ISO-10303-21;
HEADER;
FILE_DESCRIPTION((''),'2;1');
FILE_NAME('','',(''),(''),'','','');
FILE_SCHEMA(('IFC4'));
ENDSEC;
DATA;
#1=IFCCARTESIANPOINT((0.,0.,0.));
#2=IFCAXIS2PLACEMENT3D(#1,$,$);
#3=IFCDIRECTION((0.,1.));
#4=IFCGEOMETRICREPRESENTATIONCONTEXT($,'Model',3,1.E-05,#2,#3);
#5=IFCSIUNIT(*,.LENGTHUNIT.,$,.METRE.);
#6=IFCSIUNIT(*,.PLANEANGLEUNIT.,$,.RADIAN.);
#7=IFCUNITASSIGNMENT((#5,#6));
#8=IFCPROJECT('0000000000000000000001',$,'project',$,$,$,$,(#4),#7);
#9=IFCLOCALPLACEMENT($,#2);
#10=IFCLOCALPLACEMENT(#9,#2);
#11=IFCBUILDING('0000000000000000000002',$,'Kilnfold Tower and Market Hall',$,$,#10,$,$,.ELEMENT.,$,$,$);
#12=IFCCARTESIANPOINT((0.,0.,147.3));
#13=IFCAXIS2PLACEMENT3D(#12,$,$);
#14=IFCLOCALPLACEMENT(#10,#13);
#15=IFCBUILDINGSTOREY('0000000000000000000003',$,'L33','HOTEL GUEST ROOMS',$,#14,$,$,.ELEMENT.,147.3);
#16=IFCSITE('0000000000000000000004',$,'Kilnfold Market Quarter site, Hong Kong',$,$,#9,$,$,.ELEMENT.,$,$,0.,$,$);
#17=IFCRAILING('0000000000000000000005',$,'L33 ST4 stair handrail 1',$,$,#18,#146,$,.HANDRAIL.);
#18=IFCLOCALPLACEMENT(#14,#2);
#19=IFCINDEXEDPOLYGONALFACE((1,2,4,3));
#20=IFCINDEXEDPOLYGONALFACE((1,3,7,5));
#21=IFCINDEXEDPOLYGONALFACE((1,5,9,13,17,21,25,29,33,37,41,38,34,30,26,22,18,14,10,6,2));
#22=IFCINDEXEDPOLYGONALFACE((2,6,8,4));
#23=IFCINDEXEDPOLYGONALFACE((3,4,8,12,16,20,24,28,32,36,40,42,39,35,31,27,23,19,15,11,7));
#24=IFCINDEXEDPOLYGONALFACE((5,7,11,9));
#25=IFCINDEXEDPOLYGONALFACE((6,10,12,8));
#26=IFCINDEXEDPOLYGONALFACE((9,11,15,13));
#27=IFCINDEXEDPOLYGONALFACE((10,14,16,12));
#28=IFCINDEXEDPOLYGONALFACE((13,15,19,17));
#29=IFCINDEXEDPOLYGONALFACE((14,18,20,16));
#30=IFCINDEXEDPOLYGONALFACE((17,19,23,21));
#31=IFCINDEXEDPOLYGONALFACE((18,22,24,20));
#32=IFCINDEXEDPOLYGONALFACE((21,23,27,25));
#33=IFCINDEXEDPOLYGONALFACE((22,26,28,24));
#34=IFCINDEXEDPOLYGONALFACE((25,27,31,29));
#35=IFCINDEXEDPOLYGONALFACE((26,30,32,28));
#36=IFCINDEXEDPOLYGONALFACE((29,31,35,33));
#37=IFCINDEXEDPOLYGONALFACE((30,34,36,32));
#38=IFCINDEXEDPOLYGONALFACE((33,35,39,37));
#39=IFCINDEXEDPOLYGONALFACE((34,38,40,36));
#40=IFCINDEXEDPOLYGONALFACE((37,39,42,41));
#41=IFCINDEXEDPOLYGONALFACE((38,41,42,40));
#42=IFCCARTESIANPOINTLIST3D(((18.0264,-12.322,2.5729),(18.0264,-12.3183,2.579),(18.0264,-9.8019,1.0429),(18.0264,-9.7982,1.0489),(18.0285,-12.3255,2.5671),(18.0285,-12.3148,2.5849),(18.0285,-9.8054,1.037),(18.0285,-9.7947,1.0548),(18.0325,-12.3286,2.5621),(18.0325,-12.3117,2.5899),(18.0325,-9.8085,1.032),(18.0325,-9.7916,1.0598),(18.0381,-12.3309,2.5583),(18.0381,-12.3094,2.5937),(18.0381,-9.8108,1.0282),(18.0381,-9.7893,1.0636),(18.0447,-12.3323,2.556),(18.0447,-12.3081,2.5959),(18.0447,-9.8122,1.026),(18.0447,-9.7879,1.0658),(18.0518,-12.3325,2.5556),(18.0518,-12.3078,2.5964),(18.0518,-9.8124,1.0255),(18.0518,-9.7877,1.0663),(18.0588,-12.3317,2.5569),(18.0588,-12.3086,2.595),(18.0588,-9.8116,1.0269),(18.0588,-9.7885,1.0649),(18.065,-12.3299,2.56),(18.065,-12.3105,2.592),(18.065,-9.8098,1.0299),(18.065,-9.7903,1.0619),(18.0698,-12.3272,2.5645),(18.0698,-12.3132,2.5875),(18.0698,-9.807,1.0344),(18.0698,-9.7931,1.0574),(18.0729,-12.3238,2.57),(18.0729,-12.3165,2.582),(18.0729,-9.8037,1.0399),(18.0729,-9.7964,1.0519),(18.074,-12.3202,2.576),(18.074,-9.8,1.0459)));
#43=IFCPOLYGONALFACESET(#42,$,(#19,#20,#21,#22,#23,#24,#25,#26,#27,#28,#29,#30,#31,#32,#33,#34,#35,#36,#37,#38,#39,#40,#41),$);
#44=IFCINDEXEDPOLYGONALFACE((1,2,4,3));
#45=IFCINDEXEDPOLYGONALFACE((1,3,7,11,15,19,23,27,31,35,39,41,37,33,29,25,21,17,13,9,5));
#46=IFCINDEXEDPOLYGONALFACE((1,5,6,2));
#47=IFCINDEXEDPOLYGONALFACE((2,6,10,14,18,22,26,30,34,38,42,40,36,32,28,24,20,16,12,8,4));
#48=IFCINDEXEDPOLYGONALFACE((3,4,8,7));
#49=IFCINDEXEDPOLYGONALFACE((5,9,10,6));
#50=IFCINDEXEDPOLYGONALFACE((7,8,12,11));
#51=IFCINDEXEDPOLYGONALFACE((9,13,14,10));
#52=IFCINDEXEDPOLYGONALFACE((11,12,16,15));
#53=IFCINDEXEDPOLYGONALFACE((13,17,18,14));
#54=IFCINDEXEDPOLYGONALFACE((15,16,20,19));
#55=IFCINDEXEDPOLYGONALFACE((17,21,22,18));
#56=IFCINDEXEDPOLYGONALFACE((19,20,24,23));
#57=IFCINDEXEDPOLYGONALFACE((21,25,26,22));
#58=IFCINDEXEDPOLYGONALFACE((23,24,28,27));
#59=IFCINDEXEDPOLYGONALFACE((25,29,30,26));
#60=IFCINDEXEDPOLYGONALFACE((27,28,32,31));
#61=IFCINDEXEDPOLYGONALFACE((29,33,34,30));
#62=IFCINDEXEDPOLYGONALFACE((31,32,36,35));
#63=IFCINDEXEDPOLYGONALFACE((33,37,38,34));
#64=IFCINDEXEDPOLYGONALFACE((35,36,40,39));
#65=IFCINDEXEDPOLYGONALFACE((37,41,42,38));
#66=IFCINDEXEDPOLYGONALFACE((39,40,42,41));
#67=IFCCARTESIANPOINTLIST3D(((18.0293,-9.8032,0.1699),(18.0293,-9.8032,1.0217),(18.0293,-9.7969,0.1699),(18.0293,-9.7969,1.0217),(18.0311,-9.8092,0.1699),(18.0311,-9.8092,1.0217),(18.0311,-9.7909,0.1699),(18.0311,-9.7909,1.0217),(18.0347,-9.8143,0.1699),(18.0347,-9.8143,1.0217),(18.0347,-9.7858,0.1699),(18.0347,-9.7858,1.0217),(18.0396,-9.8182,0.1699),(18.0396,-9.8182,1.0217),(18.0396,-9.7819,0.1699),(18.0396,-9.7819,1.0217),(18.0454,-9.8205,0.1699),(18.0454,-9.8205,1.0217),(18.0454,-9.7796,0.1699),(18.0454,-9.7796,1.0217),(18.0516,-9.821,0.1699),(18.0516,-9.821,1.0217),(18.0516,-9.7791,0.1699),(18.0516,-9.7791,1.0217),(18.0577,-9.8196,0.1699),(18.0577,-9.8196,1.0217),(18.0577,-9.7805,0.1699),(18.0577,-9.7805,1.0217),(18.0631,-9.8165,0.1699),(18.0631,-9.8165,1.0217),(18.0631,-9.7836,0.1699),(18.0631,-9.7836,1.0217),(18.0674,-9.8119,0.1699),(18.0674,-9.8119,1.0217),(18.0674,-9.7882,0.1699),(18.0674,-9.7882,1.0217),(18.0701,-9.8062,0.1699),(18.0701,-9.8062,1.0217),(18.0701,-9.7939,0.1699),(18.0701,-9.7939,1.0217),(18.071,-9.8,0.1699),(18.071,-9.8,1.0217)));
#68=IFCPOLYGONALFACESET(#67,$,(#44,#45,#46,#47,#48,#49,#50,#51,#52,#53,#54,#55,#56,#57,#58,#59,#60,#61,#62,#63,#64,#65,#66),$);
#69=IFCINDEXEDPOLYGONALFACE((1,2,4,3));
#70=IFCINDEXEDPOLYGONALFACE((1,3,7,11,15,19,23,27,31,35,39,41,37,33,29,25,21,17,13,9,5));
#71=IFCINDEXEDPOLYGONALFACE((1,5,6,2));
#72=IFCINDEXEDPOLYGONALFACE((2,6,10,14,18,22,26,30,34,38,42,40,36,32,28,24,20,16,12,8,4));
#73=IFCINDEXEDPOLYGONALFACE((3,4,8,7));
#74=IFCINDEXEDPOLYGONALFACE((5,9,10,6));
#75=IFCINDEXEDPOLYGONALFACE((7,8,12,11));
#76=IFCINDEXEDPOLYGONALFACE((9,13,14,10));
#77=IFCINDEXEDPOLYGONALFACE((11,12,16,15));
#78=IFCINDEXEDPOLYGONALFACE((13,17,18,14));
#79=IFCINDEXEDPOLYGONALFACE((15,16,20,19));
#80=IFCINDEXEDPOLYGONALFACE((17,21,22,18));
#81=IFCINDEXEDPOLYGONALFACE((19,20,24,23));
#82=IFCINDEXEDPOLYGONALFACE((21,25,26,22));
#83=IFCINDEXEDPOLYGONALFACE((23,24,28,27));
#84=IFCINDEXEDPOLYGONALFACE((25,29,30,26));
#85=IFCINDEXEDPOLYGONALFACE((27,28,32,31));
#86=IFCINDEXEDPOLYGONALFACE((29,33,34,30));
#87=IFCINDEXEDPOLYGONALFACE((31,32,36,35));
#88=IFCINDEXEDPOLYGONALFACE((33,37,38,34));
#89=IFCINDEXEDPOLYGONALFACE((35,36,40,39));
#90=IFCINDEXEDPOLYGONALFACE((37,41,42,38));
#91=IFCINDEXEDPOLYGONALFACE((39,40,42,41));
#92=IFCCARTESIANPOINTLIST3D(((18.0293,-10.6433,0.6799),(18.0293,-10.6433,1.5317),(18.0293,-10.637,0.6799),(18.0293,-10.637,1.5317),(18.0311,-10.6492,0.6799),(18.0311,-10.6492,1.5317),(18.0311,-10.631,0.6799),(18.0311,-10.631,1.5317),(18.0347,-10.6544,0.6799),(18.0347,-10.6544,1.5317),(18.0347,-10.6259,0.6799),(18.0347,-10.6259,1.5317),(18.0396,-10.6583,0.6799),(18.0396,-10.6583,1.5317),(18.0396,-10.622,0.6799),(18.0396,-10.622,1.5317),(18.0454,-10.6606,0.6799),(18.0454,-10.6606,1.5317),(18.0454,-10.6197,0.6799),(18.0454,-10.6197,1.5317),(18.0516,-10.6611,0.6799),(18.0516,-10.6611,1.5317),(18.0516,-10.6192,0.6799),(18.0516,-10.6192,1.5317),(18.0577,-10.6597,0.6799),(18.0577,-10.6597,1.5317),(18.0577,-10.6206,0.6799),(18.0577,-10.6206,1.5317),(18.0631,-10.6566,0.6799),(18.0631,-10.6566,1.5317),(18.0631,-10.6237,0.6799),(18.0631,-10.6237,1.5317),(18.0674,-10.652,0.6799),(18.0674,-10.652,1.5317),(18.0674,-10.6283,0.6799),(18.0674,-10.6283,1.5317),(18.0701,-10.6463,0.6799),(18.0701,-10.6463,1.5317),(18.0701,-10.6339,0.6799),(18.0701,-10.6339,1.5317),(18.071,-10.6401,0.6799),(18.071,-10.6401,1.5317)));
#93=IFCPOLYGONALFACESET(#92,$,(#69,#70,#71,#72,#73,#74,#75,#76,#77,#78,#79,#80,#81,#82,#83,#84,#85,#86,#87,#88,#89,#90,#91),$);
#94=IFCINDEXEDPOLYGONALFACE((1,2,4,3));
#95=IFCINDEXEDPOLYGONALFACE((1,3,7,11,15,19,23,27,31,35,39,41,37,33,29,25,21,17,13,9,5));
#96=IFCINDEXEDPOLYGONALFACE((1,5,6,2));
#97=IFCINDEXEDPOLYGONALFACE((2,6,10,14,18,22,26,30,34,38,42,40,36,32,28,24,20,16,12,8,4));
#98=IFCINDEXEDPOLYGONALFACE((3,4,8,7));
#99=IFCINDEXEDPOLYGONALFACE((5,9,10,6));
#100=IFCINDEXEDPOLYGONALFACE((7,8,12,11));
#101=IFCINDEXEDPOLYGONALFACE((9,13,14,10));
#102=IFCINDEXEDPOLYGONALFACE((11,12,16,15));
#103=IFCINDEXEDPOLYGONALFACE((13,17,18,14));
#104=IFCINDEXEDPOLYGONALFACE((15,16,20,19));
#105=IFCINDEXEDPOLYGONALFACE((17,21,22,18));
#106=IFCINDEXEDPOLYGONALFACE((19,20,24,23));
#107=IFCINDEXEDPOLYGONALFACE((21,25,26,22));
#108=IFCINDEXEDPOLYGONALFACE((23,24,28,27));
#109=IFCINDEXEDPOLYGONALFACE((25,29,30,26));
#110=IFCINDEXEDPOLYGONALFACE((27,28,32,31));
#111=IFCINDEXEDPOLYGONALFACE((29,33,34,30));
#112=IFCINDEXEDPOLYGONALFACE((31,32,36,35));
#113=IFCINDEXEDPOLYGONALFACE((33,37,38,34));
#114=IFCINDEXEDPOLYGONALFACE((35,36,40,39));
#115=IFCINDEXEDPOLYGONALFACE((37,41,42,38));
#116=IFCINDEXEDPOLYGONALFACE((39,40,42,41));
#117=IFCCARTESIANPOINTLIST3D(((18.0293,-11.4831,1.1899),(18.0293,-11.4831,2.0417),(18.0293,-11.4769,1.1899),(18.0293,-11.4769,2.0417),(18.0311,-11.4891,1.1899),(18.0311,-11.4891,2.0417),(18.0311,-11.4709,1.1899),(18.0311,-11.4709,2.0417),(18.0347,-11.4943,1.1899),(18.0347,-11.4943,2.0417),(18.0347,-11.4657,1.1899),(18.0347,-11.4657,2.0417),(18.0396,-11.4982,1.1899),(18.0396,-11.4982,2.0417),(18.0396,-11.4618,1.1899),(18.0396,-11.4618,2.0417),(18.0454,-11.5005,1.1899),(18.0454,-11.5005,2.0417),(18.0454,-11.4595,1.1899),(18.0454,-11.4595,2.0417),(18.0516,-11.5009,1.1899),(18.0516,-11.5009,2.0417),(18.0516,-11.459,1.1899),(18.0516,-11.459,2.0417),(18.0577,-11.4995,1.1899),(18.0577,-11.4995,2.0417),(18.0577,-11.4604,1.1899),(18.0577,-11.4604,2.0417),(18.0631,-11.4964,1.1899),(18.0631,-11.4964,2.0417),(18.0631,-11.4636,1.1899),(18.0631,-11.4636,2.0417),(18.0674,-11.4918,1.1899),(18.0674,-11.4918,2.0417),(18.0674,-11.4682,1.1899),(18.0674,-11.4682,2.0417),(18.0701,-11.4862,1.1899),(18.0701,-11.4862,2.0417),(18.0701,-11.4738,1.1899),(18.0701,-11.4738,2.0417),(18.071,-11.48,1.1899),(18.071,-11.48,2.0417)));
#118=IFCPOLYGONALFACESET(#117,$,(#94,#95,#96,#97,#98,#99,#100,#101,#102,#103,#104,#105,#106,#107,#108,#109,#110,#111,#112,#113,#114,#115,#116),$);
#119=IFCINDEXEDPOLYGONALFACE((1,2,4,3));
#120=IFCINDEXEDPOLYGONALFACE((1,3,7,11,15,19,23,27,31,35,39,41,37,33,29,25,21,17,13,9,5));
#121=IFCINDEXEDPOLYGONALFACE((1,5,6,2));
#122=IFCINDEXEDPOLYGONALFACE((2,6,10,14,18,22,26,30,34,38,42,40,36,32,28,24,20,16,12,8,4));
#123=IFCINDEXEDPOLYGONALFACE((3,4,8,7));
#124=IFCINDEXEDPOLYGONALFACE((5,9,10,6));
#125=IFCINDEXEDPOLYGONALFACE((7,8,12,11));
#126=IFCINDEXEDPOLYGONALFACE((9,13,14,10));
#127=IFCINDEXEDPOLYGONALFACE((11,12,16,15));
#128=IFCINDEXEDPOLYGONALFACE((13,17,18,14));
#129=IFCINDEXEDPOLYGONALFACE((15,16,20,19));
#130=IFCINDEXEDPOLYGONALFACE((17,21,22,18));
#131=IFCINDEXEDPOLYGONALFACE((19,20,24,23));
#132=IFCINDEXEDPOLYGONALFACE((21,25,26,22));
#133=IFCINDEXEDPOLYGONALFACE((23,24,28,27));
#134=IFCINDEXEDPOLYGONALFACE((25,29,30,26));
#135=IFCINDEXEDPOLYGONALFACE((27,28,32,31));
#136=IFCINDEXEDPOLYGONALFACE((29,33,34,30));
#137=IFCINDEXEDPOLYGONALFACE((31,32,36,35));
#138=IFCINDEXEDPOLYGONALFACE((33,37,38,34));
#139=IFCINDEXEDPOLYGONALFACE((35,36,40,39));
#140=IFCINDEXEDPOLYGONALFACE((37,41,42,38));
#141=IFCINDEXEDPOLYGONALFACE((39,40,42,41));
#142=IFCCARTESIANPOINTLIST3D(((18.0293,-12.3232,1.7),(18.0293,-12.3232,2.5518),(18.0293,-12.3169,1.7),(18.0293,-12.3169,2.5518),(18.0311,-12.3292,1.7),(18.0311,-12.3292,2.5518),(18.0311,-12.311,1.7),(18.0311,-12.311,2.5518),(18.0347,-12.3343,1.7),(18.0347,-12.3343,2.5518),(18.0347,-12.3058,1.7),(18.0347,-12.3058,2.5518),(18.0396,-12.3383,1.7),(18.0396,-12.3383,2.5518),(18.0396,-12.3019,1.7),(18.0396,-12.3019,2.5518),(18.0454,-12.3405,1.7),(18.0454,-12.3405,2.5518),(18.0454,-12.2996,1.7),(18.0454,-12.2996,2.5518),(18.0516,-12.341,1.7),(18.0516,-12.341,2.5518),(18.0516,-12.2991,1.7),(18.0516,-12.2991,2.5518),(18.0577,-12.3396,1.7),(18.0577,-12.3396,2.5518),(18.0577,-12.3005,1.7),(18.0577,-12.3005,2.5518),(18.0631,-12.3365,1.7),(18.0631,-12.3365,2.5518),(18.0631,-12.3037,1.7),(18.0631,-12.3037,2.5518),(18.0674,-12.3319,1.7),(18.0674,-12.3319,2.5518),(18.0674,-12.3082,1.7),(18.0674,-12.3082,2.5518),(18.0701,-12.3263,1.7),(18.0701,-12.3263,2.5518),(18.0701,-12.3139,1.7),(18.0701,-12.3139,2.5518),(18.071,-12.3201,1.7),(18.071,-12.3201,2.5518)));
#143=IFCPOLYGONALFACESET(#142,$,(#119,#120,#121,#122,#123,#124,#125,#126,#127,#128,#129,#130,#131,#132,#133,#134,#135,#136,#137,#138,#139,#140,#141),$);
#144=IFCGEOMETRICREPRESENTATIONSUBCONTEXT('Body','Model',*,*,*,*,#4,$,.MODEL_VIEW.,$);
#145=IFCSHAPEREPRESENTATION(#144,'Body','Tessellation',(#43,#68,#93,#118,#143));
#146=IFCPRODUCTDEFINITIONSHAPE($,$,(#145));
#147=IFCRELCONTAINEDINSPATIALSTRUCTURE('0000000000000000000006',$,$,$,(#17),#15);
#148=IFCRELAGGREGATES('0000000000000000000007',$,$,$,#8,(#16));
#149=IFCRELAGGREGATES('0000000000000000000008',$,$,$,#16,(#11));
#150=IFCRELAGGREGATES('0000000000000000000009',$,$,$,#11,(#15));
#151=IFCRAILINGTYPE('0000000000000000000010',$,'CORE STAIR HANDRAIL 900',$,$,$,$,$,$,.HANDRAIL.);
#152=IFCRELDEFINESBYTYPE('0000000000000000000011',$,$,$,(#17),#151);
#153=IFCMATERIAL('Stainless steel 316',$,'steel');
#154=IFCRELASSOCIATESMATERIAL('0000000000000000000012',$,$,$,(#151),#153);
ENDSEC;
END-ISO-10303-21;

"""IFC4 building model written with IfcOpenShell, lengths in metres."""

from ifc_helpers import new_model, si_unit, direction, frame, origin, origin_2d, place, context, subcontext, project, spatial, circle, extrude, material, type_object, element, save


model = new_model("IFC4")

# Units and contexts
model_context = context("Model", 3, precision=1e-05, world=origin(), true_north=direction((0.0, 1.0)))
body_context = subcontext(model_context, "Body", "Model", "MODEL_VIEW")
ifc_project = project(units=[si_unit("LENGTHUNIT", "METRE"), si_unit("PLANEANGLEUNIT", "RADIAN")], contexts=[model_context])

# Site, building, storey
site_placement = place(None, origin())
site = spatial("IfcSite", under=ifc_project, at=site_placement, Name="Kilnfold Market Quarter site, Hong Kong", CompositionType="ELEMENT", RefElevation=0.0)
building_placement = place(site_placement, origin())
building = spatial("IfcBuilding", under=site, at=building_placement, Name="Kilnfold Tower and Market Hall", CompositionType="ELEMENT")
storey_placement = place(building_placement, frame((0.0, 0.0, 147.3)))
storey = spatial("IfcBuildingStorey", under=building, at=storey_placement, Name="L33", Description="HOTEL GUEST ROOMS", CompositionType="ELEMENT", Elevation=147.3)

# Railing
ifc_material_1 = material(Name="Stainless steel 316", Category="steel")
railing_type_1 = type_object("IfcRailingType", Name="CORE STAIR HANDRAIL 900", PredefinedType="HANDRAIL", material=ifc_material_1)
railing_1_placement = place(storey_placement, frame((18.05, -9.8, 0.1699)))
element("IfcRailing", 1, at=railing_1_placement, inside=storey, type_object=railing_type_1, Name="L33 ST4 stair handrail 1", PredefinedType="HANDRAIL", context=body_context, shape_type="SweptSolid", body=[
    extrude(circle(Radius=0.0239, at=origin_2d()), frame((0.0, 0.0, 0.876), z_axis=(0.0, -0.854785, 0.518982), x_axis=(1.0, 0.0, 0.0)), (0.0, 0.0, 1.0), 2.9482),
    extrude(circle(Radius=0.021, at=origin_2d()), origin(), (0.0, 0.0, 1.0), 0.8518),
    extrude(circle(Radius=0.021, at=origin_2d()), frame((0.0, -0.8401, 0.51)), (0.0, 0.0, 1.0), 0.8518),
    extrude(circle(Radius=0.021, at=origin_2d()), frame((0.0, -1.6799, 1.02)), (0.0, 0.0, 1.0), 0.8518),
    extrude(circle(Radius=0.021, at=origin_2d()), frame((0.0, -2.52, 1.53)), (0.0, 0.0, 1.0), 0.8518),
])

save(model, "model.ifc")
